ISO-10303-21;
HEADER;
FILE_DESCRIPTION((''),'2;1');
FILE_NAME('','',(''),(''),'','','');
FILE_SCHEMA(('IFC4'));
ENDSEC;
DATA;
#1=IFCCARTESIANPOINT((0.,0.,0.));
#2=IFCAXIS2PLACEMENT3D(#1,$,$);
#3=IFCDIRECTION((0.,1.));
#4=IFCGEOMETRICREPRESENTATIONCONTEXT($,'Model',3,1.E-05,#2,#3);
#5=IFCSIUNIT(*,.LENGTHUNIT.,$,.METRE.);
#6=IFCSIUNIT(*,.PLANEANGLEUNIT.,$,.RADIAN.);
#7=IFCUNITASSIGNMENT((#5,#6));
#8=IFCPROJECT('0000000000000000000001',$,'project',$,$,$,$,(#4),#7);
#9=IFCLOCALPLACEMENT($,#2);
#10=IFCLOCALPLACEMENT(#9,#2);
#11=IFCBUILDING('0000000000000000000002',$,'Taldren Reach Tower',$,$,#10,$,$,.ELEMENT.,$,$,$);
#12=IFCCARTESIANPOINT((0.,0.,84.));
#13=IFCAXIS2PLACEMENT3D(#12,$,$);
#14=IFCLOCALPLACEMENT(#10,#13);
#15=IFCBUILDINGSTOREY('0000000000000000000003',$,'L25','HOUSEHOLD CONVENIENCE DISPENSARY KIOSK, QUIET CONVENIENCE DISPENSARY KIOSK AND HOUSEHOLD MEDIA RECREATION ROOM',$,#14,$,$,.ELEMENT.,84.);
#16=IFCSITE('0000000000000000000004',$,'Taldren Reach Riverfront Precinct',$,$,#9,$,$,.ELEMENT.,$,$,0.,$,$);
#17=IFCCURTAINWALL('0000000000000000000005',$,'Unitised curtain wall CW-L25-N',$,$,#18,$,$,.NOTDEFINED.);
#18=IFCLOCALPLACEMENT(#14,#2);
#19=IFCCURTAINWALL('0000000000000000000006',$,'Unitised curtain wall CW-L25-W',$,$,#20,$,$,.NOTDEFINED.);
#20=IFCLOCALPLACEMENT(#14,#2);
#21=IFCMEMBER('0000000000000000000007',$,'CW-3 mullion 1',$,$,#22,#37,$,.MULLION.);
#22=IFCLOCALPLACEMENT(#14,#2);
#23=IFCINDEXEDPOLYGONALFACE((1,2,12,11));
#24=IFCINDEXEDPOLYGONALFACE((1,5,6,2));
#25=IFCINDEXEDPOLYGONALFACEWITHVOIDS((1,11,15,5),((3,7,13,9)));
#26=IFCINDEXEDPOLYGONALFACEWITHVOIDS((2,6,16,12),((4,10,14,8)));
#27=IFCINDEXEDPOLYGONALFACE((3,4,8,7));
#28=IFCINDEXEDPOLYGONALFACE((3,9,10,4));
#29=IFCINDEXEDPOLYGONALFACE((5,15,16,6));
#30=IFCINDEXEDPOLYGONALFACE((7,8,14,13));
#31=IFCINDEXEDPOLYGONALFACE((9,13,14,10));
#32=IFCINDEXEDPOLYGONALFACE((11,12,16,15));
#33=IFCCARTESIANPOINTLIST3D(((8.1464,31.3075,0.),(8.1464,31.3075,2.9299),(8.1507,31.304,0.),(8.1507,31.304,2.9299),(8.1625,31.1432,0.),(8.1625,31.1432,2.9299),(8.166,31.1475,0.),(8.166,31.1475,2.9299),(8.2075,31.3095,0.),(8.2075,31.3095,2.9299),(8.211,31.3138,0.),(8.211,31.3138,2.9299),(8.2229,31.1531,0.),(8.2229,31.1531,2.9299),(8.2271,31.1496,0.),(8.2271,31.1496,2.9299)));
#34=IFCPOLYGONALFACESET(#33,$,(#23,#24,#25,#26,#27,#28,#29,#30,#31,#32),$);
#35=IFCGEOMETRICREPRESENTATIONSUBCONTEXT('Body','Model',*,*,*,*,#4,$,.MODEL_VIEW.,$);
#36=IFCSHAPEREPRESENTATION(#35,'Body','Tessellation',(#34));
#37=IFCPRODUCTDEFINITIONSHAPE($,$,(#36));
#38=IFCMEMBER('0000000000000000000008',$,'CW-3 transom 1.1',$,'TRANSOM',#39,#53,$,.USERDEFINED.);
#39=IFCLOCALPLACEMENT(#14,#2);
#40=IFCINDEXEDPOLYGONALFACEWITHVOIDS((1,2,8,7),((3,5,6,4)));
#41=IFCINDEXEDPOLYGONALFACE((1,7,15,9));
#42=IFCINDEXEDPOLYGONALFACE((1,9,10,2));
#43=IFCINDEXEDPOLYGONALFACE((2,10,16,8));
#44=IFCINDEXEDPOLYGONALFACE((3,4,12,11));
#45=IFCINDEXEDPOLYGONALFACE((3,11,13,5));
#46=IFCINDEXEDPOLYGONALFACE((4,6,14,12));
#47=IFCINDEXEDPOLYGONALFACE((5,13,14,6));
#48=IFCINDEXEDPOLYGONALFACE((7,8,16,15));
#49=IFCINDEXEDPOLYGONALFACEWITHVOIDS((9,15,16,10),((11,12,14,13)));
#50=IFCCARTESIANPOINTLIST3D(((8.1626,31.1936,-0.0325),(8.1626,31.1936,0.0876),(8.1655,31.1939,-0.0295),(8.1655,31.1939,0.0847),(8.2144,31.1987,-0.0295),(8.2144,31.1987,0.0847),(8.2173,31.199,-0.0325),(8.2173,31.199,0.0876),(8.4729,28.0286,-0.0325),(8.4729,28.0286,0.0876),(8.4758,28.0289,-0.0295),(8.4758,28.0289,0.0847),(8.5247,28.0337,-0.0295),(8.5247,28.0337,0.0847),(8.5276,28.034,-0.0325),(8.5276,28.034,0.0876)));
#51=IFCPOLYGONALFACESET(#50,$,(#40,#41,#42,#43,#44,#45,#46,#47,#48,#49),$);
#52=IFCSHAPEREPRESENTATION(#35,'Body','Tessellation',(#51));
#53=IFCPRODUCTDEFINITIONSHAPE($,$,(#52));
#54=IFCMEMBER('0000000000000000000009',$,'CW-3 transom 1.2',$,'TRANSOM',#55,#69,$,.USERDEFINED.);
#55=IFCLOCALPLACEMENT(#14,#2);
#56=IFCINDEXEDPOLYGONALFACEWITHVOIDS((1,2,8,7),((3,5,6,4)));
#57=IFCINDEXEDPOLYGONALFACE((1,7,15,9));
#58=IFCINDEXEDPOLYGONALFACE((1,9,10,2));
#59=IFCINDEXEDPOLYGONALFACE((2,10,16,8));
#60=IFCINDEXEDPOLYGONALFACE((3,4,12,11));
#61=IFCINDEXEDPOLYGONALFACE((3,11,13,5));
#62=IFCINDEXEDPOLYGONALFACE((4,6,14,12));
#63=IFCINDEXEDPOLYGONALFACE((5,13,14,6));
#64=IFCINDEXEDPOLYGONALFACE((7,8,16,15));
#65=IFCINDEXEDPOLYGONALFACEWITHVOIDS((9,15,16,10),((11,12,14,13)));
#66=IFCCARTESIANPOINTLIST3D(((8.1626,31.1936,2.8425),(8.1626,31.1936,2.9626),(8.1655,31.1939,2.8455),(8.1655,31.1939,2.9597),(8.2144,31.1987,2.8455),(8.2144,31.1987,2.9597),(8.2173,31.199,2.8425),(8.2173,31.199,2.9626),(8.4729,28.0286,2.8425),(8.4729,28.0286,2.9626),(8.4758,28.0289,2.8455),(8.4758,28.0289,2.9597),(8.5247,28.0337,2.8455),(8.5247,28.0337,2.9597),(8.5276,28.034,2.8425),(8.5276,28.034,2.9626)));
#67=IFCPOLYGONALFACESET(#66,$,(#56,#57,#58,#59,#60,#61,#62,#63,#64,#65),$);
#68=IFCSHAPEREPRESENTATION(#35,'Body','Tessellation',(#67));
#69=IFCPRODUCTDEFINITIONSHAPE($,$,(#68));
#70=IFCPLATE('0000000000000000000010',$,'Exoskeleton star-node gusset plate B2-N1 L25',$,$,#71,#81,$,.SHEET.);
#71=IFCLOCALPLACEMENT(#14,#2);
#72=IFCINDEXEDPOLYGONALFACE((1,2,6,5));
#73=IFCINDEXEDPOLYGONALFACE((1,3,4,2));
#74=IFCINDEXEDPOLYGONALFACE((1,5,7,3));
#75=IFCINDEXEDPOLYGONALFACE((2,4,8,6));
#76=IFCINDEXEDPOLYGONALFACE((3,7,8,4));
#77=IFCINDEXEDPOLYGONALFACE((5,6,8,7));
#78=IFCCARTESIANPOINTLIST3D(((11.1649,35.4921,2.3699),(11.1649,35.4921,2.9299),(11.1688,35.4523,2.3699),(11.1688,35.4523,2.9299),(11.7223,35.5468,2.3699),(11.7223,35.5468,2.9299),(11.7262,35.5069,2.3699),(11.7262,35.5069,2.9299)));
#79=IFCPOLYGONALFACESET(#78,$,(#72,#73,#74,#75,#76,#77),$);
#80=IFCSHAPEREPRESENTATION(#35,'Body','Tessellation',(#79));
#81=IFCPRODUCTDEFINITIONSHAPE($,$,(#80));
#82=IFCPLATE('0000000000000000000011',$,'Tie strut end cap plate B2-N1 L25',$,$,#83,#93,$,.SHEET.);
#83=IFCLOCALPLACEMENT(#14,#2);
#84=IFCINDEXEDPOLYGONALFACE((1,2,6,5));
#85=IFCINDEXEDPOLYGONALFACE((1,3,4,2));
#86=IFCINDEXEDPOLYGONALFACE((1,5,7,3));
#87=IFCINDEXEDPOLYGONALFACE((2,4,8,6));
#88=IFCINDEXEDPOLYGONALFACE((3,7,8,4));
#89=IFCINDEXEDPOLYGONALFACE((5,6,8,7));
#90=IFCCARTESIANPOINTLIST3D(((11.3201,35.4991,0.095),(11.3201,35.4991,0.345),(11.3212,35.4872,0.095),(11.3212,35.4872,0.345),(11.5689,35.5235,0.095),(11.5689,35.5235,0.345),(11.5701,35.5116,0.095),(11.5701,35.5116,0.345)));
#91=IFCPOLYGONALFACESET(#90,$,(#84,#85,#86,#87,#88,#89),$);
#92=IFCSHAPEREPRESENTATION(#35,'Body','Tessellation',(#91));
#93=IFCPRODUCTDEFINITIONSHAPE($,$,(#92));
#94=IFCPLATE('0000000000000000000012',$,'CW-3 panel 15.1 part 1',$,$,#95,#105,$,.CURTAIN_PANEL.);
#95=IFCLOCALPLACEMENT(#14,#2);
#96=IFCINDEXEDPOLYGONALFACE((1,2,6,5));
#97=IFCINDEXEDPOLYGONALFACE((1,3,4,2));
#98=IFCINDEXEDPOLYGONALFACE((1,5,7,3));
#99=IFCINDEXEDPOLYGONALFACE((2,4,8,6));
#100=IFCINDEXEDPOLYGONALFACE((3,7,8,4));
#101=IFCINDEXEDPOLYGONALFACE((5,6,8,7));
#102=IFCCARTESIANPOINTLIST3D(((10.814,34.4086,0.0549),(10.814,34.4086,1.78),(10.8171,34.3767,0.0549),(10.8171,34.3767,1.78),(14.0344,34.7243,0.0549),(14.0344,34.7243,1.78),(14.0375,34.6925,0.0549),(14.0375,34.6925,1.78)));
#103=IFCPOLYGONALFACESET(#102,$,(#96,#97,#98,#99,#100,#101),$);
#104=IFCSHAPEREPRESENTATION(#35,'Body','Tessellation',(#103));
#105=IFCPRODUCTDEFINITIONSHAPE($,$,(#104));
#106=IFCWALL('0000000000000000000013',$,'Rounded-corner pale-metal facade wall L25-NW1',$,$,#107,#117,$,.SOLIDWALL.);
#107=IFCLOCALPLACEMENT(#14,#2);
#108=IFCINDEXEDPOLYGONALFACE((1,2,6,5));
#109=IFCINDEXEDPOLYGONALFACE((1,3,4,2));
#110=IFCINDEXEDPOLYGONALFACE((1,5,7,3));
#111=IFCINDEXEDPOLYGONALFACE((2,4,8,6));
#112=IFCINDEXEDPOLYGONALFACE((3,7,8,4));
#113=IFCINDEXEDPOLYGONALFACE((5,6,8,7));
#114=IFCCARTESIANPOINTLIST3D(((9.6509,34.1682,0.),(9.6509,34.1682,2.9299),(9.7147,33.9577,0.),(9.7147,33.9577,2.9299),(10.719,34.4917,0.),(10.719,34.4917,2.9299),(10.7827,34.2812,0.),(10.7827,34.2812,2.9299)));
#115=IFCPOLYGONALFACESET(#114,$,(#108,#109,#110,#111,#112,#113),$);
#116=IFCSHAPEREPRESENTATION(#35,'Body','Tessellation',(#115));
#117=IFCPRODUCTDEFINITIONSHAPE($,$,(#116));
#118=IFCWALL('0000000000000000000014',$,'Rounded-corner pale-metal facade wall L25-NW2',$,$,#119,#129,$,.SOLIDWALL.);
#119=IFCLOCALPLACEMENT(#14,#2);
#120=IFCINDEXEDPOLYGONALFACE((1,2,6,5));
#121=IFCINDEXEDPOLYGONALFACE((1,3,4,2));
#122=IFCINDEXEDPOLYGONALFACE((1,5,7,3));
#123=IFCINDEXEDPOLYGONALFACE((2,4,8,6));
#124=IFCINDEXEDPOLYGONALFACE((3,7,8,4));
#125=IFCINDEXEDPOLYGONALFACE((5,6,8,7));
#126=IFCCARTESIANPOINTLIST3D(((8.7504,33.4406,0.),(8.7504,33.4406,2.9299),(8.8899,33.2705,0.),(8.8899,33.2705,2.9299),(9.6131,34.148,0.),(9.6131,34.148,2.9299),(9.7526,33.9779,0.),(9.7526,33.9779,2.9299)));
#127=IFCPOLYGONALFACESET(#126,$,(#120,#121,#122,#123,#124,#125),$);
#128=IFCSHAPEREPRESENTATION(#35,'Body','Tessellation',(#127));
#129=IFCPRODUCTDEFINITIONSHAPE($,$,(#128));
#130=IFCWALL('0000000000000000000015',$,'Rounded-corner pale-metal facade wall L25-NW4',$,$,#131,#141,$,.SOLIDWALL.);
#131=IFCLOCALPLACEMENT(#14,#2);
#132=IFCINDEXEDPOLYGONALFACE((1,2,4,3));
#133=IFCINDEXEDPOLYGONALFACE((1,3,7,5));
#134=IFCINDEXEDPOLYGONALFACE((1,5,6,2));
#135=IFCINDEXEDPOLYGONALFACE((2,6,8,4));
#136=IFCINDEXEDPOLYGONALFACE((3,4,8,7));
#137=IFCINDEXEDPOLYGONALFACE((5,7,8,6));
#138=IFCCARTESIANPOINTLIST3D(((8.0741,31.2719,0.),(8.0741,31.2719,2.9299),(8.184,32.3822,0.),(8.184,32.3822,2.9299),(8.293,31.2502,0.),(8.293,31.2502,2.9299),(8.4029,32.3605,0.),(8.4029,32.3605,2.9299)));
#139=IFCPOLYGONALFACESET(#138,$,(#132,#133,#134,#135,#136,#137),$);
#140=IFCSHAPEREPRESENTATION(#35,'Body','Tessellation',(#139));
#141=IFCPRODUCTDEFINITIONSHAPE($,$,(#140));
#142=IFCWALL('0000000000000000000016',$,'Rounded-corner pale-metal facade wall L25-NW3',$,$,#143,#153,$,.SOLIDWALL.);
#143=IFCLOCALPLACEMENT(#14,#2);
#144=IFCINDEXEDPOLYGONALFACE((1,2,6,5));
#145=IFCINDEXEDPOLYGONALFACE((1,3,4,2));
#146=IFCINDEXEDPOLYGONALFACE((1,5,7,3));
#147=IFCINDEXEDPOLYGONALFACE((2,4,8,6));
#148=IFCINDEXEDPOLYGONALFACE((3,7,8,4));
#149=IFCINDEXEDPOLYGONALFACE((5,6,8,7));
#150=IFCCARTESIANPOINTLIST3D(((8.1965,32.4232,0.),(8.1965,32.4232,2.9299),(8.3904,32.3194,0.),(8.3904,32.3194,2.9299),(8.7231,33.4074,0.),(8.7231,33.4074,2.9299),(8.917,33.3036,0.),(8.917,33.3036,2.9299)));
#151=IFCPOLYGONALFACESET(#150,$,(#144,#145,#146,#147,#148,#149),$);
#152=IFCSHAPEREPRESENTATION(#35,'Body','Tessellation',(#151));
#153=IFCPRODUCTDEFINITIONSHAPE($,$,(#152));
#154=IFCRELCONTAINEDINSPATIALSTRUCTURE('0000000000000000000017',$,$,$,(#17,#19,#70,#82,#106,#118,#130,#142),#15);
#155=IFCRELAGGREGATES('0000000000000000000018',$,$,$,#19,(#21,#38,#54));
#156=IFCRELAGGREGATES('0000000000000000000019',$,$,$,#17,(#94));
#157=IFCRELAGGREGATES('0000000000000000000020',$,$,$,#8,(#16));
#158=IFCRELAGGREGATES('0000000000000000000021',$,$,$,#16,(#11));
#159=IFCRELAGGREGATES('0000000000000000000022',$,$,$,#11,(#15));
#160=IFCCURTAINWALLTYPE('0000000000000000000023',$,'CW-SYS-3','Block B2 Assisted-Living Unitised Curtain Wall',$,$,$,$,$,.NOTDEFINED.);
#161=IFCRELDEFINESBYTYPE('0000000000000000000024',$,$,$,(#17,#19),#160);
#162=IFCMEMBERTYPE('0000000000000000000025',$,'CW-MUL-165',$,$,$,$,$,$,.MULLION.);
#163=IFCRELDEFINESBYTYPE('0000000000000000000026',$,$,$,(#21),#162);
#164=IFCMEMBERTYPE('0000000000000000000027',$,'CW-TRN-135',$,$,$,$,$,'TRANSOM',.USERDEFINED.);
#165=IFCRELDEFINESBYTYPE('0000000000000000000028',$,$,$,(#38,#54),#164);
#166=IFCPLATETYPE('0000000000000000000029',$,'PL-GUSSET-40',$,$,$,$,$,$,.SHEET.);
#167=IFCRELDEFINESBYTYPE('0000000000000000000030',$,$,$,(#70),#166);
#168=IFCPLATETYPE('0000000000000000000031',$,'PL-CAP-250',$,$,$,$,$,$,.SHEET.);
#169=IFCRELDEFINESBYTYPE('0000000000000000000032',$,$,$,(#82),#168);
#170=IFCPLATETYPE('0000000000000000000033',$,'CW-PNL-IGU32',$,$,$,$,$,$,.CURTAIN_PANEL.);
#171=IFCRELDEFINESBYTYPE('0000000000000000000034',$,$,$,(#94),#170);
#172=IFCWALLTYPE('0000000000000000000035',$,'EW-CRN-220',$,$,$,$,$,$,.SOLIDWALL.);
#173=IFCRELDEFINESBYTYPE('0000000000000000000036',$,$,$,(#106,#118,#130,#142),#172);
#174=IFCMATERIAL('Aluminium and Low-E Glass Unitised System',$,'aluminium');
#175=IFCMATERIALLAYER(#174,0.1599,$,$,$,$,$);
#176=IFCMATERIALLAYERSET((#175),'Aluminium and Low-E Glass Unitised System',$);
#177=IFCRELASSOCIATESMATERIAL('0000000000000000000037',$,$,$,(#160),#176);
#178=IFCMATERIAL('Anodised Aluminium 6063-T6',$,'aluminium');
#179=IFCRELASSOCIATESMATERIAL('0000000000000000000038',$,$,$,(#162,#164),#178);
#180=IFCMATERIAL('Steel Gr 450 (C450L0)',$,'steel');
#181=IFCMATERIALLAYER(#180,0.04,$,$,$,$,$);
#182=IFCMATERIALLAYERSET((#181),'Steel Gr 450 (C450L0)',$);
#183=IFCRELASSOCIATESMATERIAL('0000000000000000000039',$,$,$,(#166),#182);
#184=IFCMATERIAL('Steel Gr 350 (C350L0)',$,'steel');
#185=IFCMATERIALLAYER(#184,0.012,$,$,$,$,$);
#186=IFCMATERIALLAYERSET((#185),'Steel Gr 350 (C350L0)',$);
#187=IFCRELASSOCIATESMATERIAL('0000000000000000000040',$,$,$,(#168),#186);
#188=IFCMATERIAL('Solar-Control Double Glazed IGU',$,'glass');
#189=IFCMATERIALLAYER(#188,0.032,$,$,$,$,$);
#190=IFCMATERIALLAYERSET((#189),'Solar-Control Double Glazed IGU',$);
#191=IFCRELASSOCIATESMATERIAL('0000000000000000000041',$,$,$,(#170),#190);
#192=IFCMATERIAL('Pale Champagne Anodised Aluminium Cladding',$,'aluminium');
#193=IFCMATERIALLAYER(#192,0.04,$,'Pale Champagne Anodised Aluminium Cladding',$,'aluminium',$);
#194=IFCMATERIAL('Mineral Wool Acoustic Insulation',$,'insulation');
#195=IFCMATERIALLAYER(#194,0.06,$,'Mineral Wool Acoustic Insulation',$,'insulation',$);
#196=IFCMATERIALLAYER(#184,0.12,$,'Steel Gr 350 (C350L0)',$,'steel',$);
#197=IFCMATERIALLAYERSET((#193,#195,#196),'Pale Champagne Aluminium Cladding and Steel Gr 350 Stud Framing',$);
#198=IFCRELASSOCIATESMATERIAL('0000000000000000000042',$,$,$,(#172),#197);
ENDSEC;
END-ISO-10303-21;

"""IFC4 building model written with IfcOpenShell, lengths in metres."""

from ifc_helpers import new_model, si_unit, direction, frame, frame_2d, origin, origin_2d, place, context, subcontext, project, spatial, rectangle, hollow_rectangle, extrude, source, transform, mapped, material, layer, layer_set, material_profile, profile_set, type_object, element, aggregate, save


model = new_model("IFC4")

# Units and contexts
model_context = context("Model", 3, precision=1e-05, world=origin(), true_north=direction((0.0, 1.0)))
body_context = subcontext(model_context, "Body", "Model", "MODEL_VIEW")
ifc_project = project(units=[si_unit("LENGTHUNIT", "METRE"), si_unit("PLANEANGLEUNIT", "RADIAN")], contexts=[model_context])

# Site, building, storey
site_placement = place(None, origin())
site = spatial("IfcSite", under=ifc_project, at=site_placement, Name="Taldren Reach Riverfront Precinct", CompositionType="ELEMENT", RefElevation=0.0)
building_placement = place(site_placement, origin())
building = spatial("IfcBuilding", under=site, at=building_placement, Name="Taldren Reach Tower", CompositionType="ELEMENT")
storey_placement = place(building_placement, frame((0.0, 0.0, 84.0)))
storey = spatial("IfcBuildingStorey", under=building, at=storey_placement, Name="L25", Description="HOUSEHOLD CONVENIENCE DISPENSARY KIOSK, QUIET CONVENIENCE DISPENSARY KIOSK AND HOUSEHOLD MEDIA RECREATION ROOM", CompositionType="ELEMENT", Elevation=84.0)

# Shared definitions
ifc_material_1 = material(Name="Steel Gr 450 (C450L0)", Category="steel")
ifc_material_2 = material(Name="Steel Gr 350 (C350L0)", Category="steel")

# Curtain wall
ifc_material_3 = material(Name="Aluminium and Low-E Glass Unitised System", Category="aluminium")
ifc_layer_1 = layer(ifc_material_3, 0.1599)
ifc_layer_set_1 = layer_set([ifc_layer_1], Name="Aluminium and Low-E Glass Unitised System")
curtain_wall_type = type_object("IfcCurtainWallType", Name="CW-SYS-3", Description="Block B2 Assisted-Living Unitised Curtain Wall", PredefinedType="NOTDEFINED", material=ifc_layer_set_1)
curtain_wall_1_placement = place(storey_placement, origin())
curtain_wall_1 = element("IfcCurtainWall", 1, at=curtain_wall_1_placement, inside=storey, type_object=curtain_wall_type, Name="Unitised curtain wall CW-L25-N", PredefinedType="NOTDEFINED")
ifc_material_4 = material(Name="Anodised Aluminium 6063-T6", Category="aluminium")
ifc_material_profile_1 = material_profile(ifc_material_4, hollow_rectangle(XDim=0.0649, YDim=0.165, WallThickness=0.0039, at=origin_2d()), Name="ALU-165x65x4RHS")
ifc_profile_set_1 = profile_set([ifc_material_profile_1], Name="Anodised Aluminium 6063-T6")
member_type_1 = type_object("IfcMemberType", Name="CW-MUL-165", PredefinedType="MULLION", material=ifc_profile_set_1)
shared_shape_1 = source(origin(), body_context, "Body", "SweptSolid", [
    extrude(hollow_rectangle(XDim=0.0649, YDim=0.165, WallThickness=0.0039, at=origin_2d()), origin(), (0.0, 0.0, 1.0), 2.9299),
])

# Curtain wall, members
curtain_wall_2_placement = place(storey_placement, origin())
curtain_wall_2 = element("IfcCurtainWall", 2, at=curtain_wall_2_placement, inside=storey, type_object=curtain_wall_type, Name="Unitised curtain wall CW-L25-W", PredefinedType="NOTDEFINED")
member_1_placement = place(storey_placement, frame((8.1868, 31.2285, 0.0), z_axis=(0.0, 0.0, 1.0), x_axis=(0.995227, 0.097583, 0.0)))
member_1 = element("IfcMember", 3, at=member_1_placement, type_object=member_type_1, Name="CW-3 mullion 1", PredefinedType="MULLION", context=body_context, shape_type="MappedRepresentation", body=[
    mapped(shared_shape_1, transform((0.0, 0.0, 0.0), scale=1.0)),
])
ifc_material_profile_2 = material_profile(ifc_material_4, hollow_rectangle(XDim=0.0549, YDim=0.1201, WallThickness=0.0029, at=origin_2d()), Name="ALU-120x55x3RHS")
ifc_profile_set_2 = profile_set([ifc_material_profile_2], Name="Anodised Aluminium 6063-T6")
member_type_2 = type_object("IfcMemberType", Name="CW-TRN-135", ElementType="TRANSOM", PredefinedType="USERDEFINED", material=ifc_profile_set_2)
shared_shape_2 = source(origin(), body_context, "Body", "SweptSolid", [
    extrude(hollow_rectangle(XDim=0.0549, YDim=0.1201, WallThickness=0.0029, at=origin_2d()), origin(), (0.0, 0.0, 1.0), 3.1802),
])
member_2_placement = place(storey_placement, frame((8.1899, 31.1963, 0.0276), z_axis=(0.097573, -0.995228, 0.0), x_axis=(0.995228, 0.097573, 0.0)))
member_2 = element("IfcMember", 4, at=member_2_placement, type_object=member_type_2, Name="CW-3 transom 1.1", ObjectType="TRANSOM", PredefinedType="USERDEFINED", context=body_context, shape_type="MappedRepresentation", body=[
    mapped(shared_shape_2, transform((0.0, 0.0, 0.0), scale=1.0)),
])
member_3_placement = place(storey_placement, frame((8.1899, 31.1963, 2.9026), z_axis=(0.097573, -0.995228, 0.0), x_axis=(0.995228, 0.097573, 0.0)))
member_3 = element("IfcMember", 5, at=member_3_placement, type_object=member_type_2, Name="CW-3 transom 1.2", ObjectType="TRANSOM", PredefinedType="USERDEFINED", context=body_context, shape_type="MappedRepresentation", body=[
    mapped(shared_shape_2, transform((0.0, 0.0, 0.0), scale=1.0)),
])
aggregate(curtain_wall_2, [member_1, member_2, member_3])

# Plates
ifc_layer_2 = layer(ifc_material_1, 0.04)
ifc_layer_set_2 = layer_set([ifc_layer_2], Name="Steel Gr 450 (C450L0)")
plate_type_1 = type_object("IfcPlateType", Name="PL-GUSSET-40", PredefinedType="SHEET", material=ifc_layer_set_2)
shared_shape_3 = source(origin(), body_context, "Body", "SweptSolid", [
    extrude(rectangle(XDim=0.5601, YDim=0.04, at=origin_2d()), origin(), (0.0, 0.0, 1.0), 0.5601),
])
plate_1_placement = place(storey_placement, frame((11.4456, 35.4995, 2.3699), z_axis=(0.0, 0.0, 1.0), x_axis=(0.995227, 0.097583, 0.0)))
element("IfcPlate", 6, at=plate_1_placement, inside=storey, type_object=plate_type_1, Name="Exoskeleton star-node gusset plate B2-N1 L25", PredefinedType="SHEET", context=body_context, shape_type="MappedRepresentation", body=[
    mapped(shared_shape_3, transform((0.0, 0.0, 0.0), scale=1.0)),
])
ifc_layer_3 = layer(ifc_material_2, 0.012)
ifc_layer_set_3 = layer_set([ifc_layer_3], Name="Steel Gr 350 (C350L0)")
plate_type_2 = type_object("IfcPlateType", Name="PL-CAP-250", PredefinedType="SHEET", material=ifc_layer_set_3)
shared_shape_4 = source(origin(), body_context, "Body", "SweptSolid", [
    extrude(rectangle(XDim=0.25, YDim=0.012, at=origin_2d()), origin(), (0.0, 0.0, 1.0), 0.25),
])
plate_2_placement = place(storey_placement, frame((11.4451, 35.5054, 0.095), z_axis=(0.0, 0.0, 1.0), x_axis=(0.995227, 0.097583, 0.0)))
element("IfcPlate", 7, at=plate_2_placement, inside=storey, type_object=plate_type_2, Name="Tie strut end cap plate B2-N1 L25", PredefinedType="SHEET", context=body_context, shape_type="MappedRepresentation", body=[
    mapped(shared_shape_4, transform((0.0, 0.0, 0.0), scale=1.0)),
])

# Plate
ifc_material_5 = material(Name="Solar-Control Double Glazed IGU", Category="glass")
ifc_layer_4 = layer(ifc_material_5, 0.032)
ifc_layer_set_4 = layer_set([ifc_layer_4], Name="Solar-Control Double Glazed IGU")
plate_type_3 = type_object("IfcPlateType", Name="CW-PNL-IGU32", PredefinedType="CURTAIN_PANEL", material=ifc_layer_set_4)
shared_shape_5 = source(origin(), body_context, "Body", "SweptSolid", [
    extrude(rectangle(XDim=3.2358, YDim=0.032, at=origin_2d()), origin(), (0.0, 0.0, 1.0), 1.7251),
])
plate_3_placement = place(storey_placement, frame((12.4258, 34.5505, 0.0549), z_axis=(0.0, 0.0, 1.0), x_axis=(-0.995227, -0.097583, 0.0)))
plate_3 = element("IfcPlate", 8, at=plate_3_placement, type_object=plate_type_3, Name="CW-3 panel 15.1 part 1", PredefinedType="CURTAIN_PANEL", context=body_context, shape_type="MappedRepresentation", body=[
    mapped(shared_shape_5, transform((0.0, 0.0, 0.0), scale=1.0)),
])
aggregate(curtain_wall_1, [plate_3])

# Walls
ifc_material_6 = material(Name="Pale Champagne Anodised Aluminium Cladding", Category="aluminium")
ifc_layer_5 = layer(ifc_material_6, 0.04, Name="Pale Champagne Anodised Aluminium Cladding", Category="aluminium")
ifc_material_7 = material(Name="Mineral Wool Acoustic Insulation", Category="insulation")
ifc_layer_6 = layer(ifc_material_7, 0.06, Name="Mineral Wool Acoustic Insulation", Category="insulation")
ifc_layer_7 = layer(ifc_material_2, 0.12, Name="Steel Gr 350 (C350L0)", Category="steel")
ifc_layer_set_5 = layer_set([ifc_layer_5, ifc_layer_6, ifc_layer_7], Name="Pale Champagne Aluminium Cladding and Steel Gr 350 Stud Framing")
wall_type = type_object("IfcWallType", Name="EW-CRN-220", PredefinedType="SOLIDWALL", material=ifc_layer_set_5)
shared_shape_6 = source(origin(), body_context, "Body", "SweptSolid", [
    extrude(rectangle(XDim=1.116, YDim=0.22, at=frame_2d((0.5581, 0.0))), origin(), (0.0, 0.0, 1.0), 2.9299),
])
wall_1_placement = place(storey_placement, frame((10.751, 34.3865, 0.0), z_axis=(0.0, 0.0, 1.0), x_axis=(-0.95707, -0.289856, 0.0)))
element("IfcWall", 9, at=wall_1_placement, inside=storey, type_object=wall_type, Name="Rounded-corner pale-metal facade wall L25-NW1", PredefinedType="SOLIDWALL", context=body_context, shape_type="MappedRepresentation", body=[
    mapped(shared_shape_6, transform((0.0, 0.0, 0.0), scale=1.0)),
])
shared_shape_7 = source(origin(), body_context, "Body", "SweptSolid", [
    extrude(rectangle(XDim=1.1157, YDim=0.22, at=frame_2d((0.5579, 0.0))), origin(), (0.0, 0.0, 1.0), 2.9299),
])
for number, where, z_axis, x_axis, name in (
    (10, (9.6829, 34.063, 0.0), (0.0, 0.0, 1.0), (-0.773255, -0.634095, 0.0), "Rounded-corner pale-metal facade wall L25-NW2"),
    (11, (8.2935, 32.3713, 0.0), (0.0, 0.0, 1.0), (-0.098464, -0.995141, 0.0), "Rounded-corner pale-metal facade wall L25-NW4"),
):
    element("IfcWall", number, at=place(storey_placement, frame(where, z_axis=z_axis, x_axis=x_axis)), inside=storey, type_object=wall_type, Name=name, PredefinedType="SOLIDWALL", context=body_context, shape_type="MappedRepresentation", body=[
        mapped(shared_shape_7, transform((0.0, 0.0, 0.0), scale=1.0)),
    ])
shared_shape_8 = source(origin(), body_context, "Body", "SweptSolid", [
    extrude(rectangle(XDim=1.1162, YDim=0.22, at=frame_2d((0.5581, 0.0))), origin(), (0.0, 0.0, 1.0), 2.9299),
])
wall_2_placement = place(storey_placement, frame((8.8201, 33.3555, 0.0), z_axis=(0.0, 0.0, 1.0), x_axis=(-0.471803, -0.881704, 0.0)))
element("IfcWall", 12, at=wall_2_placement, inside=storey, type_object=wall_type, Name="Rounded-corner pale-metal facade wall L25-NW3", PredefinedType="SOLIDWALL", context=body_context, shape_type="MappedRepresentation", body=[
    mapped(shared_shape_8, transform((0.0, 0.0, 0.0), scale=1.0)),
])

save(model, "model.ifc")
